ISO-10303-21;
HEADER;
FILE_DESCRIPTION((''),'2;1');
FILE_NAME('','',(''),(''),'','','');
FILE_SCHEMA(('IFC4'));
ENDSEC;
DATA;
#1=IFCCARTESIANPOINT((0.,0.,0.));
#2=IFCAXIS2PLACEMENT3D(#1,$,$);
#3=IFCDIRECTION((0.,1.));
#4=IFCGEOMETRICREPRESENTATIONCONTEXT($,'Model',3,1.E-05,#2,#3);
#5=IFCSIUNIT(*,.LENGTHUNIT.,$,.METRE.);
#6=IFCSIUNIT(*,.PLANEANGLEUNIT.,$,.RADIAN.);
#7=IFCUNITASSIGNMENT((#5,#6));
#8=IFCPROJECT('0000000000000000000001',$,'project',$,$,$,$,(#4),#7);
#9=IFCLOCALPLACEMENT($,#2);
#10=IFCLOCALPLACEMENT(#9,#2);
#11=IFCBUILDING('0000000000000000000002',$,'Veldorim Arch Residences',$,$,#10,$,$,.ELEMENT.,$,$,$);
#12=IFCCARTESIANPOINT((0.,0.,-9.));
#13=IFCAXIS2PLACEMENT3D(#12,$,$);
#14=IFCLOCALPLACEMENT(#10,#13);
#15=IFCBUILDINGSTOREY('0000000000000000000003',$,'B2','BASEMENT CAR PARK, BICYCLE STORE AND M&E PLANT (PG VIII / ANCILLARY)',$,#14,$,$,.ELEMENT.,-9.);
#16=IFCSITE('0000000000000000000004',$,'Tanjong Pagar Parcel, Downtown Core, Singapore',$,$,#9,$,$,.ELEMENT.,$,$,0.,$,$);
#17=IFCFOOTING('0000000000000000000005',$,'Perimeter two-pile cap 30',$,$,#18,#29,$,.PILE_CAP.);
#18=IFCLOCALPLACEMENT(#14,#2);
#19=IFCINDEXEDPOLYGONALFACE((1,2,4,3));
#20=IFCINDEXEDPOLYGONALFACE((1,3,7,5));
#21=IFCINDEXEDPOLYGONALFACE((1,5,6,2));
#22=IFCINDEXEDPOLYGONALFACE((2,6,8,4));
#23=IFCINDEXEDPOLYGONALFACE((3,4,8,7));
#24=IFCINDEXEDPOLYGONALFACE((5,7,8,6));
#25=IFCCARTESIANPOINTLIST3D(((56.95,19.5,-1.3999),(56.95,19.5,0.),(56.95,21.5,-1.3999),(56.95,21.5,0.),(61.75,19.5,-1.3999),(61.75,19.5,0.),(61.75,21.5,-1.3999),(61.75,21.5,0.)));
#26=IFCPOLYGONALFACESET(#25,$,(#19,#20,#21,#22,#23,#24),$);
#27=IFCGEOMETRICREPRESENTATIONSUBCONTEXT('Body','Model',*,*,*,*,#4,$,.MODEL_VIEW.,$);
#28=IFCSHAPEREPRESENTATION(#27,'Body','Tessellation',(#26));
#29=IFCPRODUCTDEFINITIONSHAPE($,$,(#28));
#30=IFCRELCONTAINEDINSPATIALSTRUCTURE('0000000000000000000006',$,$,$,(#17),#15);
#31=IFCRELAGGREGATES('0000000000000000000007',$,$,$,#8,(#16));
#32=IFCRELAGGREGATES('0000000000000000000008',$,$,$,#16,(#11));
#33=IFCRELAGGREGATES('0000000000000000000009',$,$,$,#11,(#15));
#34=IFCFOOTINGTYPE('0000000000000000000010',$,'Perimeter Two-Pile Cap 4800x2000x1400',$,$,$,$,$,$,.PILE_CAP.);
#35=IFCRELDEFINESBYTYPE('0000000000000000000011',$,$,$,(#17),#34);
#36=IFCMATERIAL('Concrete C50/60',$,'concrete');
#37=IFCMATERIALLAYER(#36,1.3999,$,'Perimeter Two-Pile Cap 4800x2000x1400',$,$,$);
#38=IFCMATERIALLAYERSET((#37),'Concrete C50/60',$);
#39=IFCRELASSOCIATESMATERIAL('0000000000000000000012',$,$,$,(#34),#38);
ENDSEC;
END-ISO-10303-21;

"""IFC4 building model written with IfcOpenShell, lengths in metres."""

from ifc_helpers import new_model, si_unit, direction, frame, origin, place, context, subcontext, project, spatial, polyline, outline, extrude, material, layer, layer_set, type_object, element, save


model = new_model("IFC4")

# Units and contexts
model_context = context("Model", 3, precision=1e-05, world=origin(), true_north=direction((0.0, 1.0)))
body_context = subcontext(model_context, "Body", "Model", "MODEL_VIEW")
ifc_project = project(units=[si_unit("LENGTHUNIT", "METRE"), si_unit("PLANEANGLEUNIT", "RADIAN")], contexts=[model_context])

# Site, building, storey
site_placement = place(None, origin())
site = spatial("IfcSite", under=ifc_project, at=site_placement, Name="Tanjong Pagar Parcel, Downtown Core, Singapore", CompositionType="ELEMENT", RefElevation=0.0)
building_placement = place(site_placement, origin())
building = spatial("IfcBuilding", under=site, at=building_placement, Name="Veldorim Arch Residences", CompositionType="ELEMENT")
storey_placement = place(building_placement, frame((0.0, 0.0, -9.0)))
storey = spatial("IfcBuildingStorey", under=building, at=storey_placement, Name="B2", Description="BASEMENT CAR PARK, BICYCLE STORE AND M&E PLANT (PG VIII / ANCILLARY)", CompositionType="ELEMENT", Elevation=-9.0)

# Footing
ifc_material_1 = material(Name="Concrete C50/60", Category="concrete")
ifc_layer_1 = layer(ifc_material_1, 1.3999, Name="Perimeter Two-Pile Cap 4800x2000x1400")
ifc_layer_set_1 = layer_set([ifc_layer_1], Name="Concrete C50/60")
footing_type_1 = type_object("IfcFootingType", Name="Perimeter Two-Pile Cap 4800x2000x1400", PredefinedType="PILE_CAP", material=ifc_layer_set_1)
footing_1_placement = place(storey_placement, frame((0.0, 0.0, -1.3999)))
element("IfcFooting", 1, at=footing_1_placement, inside=storey, type_object=footing_type_1, Name="Perimeter two-pile cap 30", PredefinedType="PILE_CAP", context=body_context, shape_type="SweptSolid", body=[
    extrude(outline(polyline([(56.95, 19.5), (61.75, 19.5), (61.75, 21.5), (56.95, 21.5), (56.95, 19.5)])), origin(), (0.0, 0.0, 1.0), 1.3999),
])

save(model, "model.ifc")
